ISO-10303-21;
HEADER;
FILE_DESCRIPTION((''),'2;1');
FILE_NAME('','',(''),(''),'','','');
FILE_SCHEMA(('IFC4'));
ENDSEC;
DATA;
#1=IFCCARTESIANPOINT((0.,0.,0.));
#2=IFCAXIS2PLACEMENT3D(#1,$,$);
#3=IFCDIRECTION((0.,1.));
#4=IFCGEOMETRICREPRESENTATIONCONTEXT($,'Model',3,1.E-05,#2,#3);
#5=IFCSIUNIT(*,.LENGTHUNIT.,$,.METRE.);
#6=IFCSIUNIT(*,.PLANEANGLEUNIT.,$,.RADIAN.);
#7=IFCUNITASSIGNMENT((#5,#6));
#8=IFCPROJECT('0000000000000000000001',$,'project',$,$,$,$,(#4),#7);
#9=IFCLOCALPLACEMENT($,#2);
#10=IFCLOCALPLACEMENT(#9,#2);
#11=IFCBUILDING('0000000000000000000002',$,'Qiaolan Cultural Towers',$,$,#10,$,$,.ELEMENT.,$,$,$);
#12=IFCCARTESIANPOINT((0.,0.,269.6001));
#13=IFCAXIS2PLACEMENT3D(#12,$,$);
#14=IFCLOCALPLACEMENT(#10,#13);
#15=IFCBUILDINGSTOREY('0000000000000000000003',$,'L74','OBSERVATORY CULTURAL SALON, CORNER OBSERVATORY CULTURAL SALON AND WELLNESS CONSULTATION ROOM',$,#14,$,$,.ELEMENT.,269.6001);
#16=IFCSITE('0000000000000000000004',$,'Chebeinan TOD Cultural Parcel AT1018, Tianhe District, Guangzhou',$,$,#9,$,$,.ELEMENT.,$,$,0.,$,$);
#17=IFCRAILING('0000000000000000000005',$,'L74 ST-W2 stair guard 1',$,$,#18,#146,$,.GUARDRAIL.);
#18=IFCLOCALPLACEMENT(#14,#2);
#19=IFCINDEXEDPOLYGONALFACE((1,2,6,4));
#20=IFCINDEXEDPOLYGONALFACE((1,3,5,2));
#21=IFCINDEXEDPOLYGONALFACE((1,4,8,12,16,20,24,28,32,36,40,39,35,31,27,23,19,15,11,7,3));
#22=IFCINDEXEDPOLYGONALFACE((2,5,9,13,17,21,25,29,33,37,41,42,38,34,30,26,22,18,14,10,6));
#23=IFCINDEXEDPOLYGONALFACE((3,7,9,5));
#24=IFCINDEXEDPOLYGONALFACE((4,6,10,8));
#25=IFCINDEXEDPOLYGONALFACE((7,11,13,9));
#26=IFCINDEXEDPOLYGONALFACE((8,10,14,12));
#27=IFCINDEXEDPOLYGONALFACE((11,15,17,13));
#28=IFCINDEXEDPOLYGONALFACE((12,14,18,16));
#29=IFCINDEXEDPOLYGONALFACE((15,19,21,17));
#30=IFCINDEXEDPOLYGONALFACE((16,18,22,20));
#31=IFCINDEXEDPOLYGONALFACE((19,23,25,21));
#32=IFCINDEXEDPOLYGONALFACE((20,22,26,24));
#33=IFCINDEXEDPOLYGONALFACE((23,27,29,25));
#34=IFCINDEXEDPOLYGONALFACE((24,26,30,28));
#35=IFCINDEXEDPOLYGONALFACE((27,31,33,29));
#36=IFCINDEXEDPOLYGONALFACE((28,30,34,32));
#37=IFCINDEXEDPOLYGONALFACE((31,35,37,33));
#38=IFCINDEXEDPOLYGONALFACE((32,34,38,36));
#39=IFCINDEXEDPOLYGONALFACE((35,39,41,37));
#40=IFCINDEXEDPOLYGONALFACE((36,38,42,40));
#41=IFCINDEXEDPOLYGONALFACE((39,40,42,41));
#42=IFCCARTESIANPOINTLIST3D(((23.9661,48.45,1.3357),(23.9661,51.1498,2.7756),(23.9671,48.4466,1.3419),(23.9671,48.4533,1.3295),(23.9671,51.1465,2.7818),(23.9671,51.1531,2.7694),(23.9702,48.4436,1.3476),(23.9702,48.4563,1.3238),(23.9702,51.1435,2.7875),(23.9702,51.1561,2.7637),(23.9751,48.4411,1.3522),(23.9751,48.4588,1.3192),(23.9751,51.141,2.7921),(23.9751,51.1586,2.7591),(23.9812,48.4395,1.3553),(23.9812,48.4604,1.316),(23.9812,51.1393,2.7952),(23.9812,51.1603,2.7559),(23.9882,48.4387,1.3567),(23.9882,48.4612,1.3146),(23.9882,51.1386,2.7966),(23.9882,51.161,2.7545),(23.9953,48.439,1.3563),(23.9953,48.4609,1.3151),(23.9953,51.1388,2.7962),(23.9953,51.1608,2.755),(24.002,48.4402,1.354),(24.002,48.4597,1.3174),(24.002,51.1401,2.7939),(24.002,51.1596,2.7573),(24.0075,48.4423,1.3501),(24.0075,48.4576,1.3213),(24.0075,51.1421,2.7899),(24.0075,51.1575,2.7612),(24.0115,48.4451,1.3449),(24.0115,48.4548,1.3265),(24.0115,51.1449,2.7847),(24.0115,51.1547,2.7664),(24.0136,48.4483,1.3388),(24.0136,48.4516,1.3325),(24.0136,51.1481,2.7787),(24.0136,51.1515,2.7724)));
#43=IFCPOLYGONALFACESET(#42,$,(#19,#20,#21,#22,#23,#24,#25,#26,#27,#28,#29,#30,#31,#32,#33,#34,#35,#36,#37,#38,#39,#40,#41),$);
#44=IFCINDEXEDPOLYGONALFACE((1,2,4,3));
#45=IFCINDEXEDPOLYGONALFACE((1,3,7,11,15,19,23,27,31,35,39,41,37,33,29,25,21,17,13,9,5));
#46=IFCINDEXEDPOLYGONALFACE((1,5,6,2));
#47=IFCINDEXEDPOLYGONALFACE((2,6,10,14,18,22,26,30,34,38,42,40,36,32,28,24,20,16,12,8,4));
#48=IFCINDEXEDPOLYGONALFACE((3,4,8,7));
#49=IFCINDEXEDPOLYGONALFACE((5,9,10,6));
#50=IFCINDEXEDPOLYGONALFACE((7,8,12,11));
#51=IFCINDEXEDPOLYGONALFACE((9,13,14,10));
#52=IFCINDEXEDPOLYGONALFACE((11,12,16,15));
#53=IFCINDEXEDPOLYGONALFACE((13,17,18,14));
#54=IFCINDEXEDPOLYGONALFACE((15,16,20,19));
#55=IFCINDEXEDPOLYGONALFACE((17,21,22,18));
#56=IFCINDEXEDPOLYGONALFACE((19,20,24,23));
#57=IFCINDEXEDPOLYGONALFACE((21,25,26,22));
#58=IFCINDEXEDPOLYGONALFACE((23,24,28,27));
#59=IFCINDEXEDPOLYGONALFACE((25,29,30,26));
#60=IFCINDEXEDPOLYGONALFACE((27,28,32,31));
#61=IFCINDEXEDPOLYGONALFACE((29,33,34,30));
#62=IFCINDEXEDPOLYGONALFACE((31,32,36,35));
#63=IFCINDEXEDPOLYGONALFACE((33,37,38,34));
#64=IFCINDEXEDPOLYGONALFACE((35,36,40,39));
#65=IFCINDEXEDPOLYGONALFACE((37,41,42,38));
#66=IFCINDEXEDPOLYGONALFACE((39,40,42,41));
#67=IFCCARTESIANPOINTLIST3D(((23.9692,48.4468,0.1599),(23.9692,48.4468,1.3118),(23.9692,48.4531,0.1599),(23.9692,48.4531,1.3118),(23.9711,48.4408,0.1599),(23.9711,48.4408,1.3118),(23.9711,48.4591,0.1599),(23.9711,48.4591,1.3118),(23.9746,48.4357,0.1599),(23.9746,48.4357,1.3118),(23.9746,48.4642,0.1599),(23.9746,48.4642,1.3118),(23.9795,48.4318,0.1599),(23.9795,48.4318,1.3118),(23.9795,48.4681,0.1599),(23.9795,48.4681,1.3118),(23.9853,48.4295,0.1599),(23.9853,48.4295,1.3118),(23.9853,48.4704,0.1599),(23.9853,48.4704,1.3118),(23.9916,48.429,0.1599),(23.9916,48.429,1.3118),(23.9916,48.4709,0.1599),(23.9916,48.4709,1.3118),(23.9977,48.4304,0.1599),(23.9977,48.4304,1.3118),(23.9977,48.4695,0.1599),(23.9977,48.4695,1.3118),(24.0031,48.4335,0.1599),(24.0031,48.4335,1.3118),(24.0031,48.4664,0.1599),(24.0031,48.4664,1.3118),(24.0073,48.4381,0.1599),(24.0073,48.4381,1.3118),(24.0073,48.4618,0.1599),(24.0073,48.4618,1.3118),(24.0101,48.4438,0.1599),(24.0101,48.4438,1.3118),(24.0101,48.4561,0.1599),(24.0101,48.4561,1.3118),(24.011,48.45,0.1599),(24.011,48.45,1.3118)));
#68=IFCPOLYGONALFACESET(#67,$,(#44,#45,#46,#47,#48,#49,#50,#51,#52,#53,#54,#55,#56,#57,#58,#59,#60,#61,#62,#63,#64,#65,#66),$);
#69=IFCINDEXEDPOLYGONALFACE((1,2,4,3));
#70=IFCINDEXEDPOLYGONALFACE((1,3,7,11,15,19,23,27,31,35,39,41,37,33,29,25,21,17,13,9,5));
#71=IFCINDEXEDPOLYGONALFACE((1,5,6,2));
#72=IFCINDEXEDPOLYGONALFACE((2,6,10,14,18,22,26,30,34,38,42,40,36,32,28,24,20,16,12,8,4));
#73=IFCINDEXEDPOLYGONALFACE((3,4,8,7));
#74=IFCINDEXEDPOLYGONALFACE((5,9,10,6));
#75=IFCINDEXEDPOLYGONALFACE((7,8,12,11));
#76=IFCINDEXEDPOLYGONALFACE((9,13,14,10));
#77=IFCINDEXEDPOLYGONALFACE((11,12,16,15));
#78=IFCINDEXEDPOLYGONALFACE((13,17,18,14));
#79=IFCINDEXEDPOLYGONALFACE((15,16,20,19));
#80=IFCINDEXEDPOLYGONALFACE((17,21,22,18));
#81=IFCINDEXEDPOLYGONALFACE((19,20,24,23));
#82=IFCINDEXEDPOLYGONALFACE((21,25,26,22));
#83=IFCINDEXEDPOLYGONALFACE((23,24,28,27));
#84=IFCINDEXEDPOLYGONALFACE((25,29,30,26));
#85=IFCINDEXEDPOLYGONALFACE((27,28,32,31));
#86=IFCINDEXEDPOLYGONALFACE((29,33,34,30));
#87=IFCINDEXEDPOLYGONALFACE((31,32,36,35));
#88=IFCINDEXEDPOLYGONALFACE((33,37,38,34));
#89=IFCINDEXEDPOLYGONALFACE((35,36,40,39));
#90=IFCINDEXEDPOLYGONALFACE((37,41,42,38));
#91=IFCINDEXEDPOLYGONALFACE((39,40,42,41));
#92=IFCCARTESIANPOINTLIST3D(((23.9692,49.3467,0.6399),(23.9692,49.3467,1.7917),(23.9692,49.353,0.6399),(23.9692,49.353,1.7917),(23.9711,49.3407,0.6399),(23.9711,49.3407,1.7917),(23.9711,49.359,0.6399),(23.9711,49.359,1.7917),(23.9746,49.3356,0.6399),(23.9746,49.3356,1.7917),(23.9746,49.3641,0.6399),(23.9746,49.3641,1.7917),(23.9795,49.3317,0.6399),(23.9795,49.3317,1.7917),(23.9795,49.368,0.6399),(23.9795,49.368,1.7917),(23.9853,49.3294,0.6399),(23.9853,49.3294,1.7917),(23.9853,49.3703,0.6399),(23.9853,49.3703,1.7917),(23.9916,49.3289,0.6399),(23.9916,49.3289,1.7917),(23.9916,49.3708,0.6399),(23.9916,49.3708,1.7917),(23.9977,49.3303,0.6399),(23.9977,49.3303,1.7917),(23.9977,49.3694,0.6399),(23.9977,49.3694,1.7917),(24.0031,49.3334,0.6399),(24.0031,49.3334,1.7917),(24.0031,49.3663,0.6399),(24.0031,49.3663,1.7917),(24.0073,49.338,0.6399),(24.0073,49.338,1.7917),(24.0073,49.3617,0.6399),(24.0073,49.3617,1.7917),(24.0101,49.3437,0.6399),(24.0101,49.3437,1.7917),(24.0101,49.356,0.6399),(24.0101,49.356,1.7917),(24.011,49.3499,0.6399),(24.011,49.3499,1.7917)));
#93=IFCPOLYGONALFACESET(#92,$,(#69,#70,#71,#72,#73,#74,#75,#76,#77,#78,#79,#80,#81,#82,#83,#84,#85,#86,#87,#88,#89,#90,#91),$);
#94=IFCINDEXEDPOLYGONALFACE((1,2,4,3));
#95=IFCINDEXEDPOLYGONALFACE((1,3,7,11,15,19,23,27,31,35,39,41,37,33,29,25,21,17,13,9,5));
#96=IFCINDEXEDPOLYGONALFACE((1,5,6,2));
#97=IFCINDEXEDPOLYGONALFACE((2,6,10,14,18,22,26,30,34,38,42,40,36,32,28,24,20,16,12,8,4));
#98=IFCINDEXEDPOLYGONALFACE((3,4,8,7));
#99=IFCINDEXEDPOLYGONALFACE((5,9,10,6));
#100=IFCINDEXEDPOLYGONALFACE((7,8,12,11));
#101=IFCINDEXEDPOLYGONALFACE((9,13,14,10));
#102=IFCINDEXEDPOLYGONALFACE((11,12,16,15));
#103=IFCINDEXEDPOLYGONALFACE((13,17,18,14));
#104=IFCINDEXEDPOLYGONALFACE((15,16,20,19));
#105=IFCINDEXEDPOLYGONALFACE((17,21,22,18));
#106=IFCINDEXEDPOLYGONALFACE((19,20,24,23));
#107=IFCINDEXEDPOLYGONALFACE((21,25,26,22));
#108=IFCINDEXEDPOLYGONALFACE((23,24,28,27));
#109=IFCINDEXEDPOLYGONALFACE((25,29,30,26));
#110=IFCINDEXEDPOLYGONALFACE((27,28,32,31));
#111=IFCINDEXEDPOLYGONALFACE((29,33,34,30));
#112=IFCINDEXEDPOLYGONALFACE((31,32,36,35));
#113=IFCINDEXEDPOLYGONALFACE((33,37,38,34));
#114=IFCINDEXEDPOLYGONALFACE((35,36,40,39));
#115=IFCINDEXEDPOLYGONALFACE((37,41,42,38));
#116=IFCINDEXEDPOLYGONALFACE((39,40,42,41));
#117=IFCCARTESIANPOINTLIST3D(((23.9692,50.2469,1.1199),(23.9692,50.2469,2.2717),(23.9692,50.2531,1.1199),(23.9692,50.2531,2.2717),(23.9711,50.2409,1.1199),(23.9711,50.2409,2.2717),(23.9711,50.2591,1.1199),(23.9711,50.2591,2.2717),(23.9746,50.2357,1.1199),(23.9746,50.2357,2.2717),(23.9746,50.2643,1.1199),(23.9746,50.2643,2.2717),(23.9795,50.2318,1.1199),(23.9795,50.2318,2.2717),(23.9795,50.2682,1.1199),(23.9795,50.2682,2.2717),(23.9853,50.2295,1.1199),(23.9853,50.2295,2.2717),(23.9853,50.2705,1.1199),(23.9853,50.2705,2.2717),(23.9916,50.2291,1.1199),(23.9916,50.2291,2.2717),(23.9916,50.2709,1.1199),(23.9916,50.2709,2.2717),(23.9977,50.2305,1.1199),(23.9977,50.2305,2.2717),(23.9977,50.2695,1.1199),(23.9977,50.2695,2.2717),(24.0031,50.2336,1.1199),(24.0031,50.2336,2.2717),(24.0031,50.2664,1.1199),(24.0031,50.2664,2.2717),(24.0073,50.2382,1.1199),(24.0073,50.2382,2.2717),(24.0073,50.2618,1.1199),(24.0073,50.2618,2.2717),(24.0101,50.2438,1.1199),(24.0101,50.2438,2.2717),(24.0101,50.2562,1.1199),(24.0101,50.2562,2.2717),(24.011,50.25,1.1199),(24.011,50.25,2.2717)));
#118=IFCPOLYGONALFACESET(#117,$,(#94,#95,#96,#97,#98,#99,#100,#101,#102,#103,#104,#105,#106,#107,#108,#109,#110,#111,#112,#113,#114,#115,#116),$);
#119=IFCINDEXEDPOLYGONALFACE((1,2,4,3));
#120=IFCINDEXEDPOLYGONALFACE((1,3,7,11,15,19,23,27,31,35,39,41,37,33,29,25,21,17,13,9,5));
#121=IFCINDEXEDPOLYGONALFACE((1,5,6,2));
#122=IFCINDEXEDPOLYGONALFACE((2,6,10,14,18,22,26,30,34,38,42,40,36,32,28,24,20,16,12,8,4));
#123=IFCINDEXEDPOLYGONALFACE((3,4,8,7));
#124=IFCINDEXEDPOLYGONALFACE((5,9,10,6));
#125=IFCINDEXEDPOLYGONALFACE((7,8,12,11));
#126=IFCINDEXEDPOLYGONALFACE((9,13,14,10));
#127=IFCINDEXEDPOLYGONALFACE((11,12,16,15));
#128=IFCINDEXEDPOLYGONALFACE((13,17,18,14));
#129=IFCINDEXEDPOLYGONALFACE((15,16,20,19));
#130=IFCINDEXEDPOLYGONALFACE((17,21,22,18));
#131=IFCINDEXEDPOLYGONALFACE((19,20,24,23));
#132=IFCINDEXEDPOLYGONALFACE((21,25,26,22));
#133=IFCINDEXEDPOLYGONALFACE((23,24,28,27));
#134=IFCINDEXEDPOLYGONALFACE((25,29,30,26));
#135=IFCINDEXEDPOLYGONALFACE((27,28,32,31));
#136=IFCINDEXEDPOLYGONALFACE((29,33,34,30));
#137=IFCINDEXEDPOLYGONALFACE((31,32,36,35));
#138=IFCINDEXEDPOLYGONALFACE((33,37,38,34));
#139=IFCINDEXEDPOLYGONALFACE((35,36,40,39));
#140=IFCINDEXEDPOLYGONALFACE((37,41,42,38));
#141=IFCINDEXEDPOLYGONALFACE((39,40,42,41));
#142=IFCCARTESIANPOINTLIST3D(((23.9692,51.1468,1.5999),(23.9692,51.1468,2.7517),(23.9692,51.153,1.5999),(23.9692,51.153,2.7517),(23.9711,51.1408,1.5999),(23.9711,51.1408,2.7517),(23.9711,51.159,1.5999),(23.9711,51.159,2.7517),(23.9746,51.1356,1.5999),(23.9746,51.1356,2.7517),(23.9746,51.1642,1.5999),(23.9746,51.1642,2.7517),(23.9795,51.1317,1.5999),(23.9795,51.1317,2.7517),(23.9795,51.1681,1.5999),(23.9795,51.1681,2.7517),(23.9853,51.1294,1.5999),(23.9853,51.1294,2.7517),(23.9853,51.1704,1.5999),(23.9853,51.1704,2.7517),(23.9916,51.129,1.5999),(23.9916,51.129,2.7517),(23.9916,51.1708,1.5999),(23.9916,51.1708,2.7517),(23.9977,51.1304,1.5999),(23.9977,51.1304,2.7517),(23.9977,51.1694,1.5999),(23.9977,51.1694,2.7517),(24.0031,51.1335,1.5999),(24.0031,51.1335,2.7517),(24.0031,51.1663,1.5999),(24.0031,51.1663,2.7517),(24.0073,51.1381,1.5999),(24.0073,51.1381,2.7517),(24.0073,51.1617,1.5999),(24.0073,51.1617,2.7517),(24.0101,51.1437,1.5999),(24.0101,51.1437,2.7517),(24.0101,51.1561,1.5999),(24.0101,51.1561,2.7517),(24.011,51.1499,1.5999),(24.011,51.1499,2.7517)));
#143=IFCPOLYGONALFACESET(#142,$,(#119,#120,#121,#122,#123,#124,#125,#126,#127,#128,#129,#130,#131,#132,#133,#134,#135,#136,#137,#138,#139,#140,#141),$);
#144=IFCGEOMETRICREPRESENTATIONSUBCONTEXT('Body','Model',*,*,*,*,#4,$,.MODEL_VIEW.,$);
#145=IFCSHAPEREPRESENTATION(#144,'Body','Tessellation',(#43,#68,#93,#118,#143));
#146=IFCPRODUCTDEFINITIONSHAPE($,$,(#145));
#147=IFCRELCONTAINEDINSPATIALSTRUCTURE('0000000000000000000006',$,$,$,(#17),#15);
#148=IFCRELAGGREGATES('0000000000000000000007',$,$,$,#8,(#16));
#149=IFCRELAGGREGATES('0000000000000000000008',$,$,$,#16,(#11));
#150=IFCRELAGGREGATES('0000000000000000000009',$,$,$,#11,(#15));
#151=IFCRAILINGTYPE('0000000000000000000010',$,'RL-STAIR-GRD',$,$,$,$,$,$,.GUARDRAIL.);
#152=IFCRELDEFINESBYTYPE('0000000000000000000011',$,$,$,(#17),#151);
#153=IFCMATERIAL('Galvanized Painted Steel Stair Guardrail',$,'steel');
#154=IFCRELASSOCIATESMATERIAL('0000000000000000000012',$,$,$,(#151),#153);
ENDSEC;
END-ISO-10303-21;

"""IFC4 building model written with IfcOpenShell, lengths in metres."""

from ifc_helpers import new_model, si_unit, direction, frame, origin, origin_2d, place, context, subcontext, project, spatial, circle, extrude, material, type_object, element, save


model = new_model("IFC4")

# Units and contexts
model_context = context("Model", 3, precision=1e-05, world=origin(), true_north=direction((0.0, 1.0)))
body_context = subcontext(model_context, "Body", "Model", "MODEL_VIEW")
ifc_project = project(units=[si_unit("LENGTHUNIT", "METRE"), si_unit("PLANEANGLEUNIT", "RADIAN")], contexts=[model_context])

# Site, building, storey
site_placement = place(None, origin())
site = spatial("IfcSite", under=ifc_project, at=site_placement, Name="Chebeinan TOD Cultural Parcel AT1018, Tianhe District, Guangzhou", CompositionType="ELEMENT", RefElevation=0.0)
building_placement = place(site_placement, origin())
building = spatial("IfcBuilding", under=site, at=building_placement, Name="Qiaolan Cultural Towers", CompositionType="ELEMENT")
storey_placement = place(building_placement, frame((0.0, 0.0, 269.6001)))
storey = spatial("IfcBuildingStorey", under=building, at=storey_placement, Name="L74", Description="OBSERVATORY CULTURAL SALON, CORNER OBSERVATORY CULTURAL SALON AND WELLNESS CONSULTATION ROOM", CompositionType="ELEMENT", Elevation=269.6001)

# Railing
ifc_material_1 = material(Name="Galvanized Painted Steel Stair Guardrail", Category="steel")
railing_type_1 = type_object("IfcRailingType", Name="RL-STAIR-GRD", PredefinedType="GUARDRAIL", material=ifc_material_1)
railing_1_placement = place(storey_placement, frame((23.99, 48.45, 0.1599)))
element("IfcRailing", 1, at=railing_1_placement, inside=storey, type_object=railing_type_1, Name="L74 ST-W2 stair guard 1", PredefinedType="GUARDRAIL", context=body_context, shape_type="SweptSolid", body=[
    extrude(circle(Radius=0.0239, at=origin_2d()), frame((0.0, 0.0, 1.1758), z_axis=(0.0, 0.882357, 0.47058), x_axis=(-1.0, 0.0, 0.0)), (0.0, 0.0, 1.0), 3.0598),
    extrude(circle(Radius=0.021, at=origin_2d()), origin(), (0.0, 0.0, 1.0), 1.1519),
    extrude(circle(Radius=0.021, at=origin_2d()), frame((0.0, 0.8999, 0.48)), (0.0, 0.0, 1.0), 1.1519),
    extrude(circle(Radius=0.021, at=origin_2d()), frame((0.0, 1.8, 0.96)), (0.0, 0.0, 1.0), 1.1519),
    extrude(circle(Radius=0.021, at=origin_2d()), frame((0.0, 2.7, 1.4399)), (0.0, 0.0, 1.0), 1.1519),
])

save(model, "model.ifc")
